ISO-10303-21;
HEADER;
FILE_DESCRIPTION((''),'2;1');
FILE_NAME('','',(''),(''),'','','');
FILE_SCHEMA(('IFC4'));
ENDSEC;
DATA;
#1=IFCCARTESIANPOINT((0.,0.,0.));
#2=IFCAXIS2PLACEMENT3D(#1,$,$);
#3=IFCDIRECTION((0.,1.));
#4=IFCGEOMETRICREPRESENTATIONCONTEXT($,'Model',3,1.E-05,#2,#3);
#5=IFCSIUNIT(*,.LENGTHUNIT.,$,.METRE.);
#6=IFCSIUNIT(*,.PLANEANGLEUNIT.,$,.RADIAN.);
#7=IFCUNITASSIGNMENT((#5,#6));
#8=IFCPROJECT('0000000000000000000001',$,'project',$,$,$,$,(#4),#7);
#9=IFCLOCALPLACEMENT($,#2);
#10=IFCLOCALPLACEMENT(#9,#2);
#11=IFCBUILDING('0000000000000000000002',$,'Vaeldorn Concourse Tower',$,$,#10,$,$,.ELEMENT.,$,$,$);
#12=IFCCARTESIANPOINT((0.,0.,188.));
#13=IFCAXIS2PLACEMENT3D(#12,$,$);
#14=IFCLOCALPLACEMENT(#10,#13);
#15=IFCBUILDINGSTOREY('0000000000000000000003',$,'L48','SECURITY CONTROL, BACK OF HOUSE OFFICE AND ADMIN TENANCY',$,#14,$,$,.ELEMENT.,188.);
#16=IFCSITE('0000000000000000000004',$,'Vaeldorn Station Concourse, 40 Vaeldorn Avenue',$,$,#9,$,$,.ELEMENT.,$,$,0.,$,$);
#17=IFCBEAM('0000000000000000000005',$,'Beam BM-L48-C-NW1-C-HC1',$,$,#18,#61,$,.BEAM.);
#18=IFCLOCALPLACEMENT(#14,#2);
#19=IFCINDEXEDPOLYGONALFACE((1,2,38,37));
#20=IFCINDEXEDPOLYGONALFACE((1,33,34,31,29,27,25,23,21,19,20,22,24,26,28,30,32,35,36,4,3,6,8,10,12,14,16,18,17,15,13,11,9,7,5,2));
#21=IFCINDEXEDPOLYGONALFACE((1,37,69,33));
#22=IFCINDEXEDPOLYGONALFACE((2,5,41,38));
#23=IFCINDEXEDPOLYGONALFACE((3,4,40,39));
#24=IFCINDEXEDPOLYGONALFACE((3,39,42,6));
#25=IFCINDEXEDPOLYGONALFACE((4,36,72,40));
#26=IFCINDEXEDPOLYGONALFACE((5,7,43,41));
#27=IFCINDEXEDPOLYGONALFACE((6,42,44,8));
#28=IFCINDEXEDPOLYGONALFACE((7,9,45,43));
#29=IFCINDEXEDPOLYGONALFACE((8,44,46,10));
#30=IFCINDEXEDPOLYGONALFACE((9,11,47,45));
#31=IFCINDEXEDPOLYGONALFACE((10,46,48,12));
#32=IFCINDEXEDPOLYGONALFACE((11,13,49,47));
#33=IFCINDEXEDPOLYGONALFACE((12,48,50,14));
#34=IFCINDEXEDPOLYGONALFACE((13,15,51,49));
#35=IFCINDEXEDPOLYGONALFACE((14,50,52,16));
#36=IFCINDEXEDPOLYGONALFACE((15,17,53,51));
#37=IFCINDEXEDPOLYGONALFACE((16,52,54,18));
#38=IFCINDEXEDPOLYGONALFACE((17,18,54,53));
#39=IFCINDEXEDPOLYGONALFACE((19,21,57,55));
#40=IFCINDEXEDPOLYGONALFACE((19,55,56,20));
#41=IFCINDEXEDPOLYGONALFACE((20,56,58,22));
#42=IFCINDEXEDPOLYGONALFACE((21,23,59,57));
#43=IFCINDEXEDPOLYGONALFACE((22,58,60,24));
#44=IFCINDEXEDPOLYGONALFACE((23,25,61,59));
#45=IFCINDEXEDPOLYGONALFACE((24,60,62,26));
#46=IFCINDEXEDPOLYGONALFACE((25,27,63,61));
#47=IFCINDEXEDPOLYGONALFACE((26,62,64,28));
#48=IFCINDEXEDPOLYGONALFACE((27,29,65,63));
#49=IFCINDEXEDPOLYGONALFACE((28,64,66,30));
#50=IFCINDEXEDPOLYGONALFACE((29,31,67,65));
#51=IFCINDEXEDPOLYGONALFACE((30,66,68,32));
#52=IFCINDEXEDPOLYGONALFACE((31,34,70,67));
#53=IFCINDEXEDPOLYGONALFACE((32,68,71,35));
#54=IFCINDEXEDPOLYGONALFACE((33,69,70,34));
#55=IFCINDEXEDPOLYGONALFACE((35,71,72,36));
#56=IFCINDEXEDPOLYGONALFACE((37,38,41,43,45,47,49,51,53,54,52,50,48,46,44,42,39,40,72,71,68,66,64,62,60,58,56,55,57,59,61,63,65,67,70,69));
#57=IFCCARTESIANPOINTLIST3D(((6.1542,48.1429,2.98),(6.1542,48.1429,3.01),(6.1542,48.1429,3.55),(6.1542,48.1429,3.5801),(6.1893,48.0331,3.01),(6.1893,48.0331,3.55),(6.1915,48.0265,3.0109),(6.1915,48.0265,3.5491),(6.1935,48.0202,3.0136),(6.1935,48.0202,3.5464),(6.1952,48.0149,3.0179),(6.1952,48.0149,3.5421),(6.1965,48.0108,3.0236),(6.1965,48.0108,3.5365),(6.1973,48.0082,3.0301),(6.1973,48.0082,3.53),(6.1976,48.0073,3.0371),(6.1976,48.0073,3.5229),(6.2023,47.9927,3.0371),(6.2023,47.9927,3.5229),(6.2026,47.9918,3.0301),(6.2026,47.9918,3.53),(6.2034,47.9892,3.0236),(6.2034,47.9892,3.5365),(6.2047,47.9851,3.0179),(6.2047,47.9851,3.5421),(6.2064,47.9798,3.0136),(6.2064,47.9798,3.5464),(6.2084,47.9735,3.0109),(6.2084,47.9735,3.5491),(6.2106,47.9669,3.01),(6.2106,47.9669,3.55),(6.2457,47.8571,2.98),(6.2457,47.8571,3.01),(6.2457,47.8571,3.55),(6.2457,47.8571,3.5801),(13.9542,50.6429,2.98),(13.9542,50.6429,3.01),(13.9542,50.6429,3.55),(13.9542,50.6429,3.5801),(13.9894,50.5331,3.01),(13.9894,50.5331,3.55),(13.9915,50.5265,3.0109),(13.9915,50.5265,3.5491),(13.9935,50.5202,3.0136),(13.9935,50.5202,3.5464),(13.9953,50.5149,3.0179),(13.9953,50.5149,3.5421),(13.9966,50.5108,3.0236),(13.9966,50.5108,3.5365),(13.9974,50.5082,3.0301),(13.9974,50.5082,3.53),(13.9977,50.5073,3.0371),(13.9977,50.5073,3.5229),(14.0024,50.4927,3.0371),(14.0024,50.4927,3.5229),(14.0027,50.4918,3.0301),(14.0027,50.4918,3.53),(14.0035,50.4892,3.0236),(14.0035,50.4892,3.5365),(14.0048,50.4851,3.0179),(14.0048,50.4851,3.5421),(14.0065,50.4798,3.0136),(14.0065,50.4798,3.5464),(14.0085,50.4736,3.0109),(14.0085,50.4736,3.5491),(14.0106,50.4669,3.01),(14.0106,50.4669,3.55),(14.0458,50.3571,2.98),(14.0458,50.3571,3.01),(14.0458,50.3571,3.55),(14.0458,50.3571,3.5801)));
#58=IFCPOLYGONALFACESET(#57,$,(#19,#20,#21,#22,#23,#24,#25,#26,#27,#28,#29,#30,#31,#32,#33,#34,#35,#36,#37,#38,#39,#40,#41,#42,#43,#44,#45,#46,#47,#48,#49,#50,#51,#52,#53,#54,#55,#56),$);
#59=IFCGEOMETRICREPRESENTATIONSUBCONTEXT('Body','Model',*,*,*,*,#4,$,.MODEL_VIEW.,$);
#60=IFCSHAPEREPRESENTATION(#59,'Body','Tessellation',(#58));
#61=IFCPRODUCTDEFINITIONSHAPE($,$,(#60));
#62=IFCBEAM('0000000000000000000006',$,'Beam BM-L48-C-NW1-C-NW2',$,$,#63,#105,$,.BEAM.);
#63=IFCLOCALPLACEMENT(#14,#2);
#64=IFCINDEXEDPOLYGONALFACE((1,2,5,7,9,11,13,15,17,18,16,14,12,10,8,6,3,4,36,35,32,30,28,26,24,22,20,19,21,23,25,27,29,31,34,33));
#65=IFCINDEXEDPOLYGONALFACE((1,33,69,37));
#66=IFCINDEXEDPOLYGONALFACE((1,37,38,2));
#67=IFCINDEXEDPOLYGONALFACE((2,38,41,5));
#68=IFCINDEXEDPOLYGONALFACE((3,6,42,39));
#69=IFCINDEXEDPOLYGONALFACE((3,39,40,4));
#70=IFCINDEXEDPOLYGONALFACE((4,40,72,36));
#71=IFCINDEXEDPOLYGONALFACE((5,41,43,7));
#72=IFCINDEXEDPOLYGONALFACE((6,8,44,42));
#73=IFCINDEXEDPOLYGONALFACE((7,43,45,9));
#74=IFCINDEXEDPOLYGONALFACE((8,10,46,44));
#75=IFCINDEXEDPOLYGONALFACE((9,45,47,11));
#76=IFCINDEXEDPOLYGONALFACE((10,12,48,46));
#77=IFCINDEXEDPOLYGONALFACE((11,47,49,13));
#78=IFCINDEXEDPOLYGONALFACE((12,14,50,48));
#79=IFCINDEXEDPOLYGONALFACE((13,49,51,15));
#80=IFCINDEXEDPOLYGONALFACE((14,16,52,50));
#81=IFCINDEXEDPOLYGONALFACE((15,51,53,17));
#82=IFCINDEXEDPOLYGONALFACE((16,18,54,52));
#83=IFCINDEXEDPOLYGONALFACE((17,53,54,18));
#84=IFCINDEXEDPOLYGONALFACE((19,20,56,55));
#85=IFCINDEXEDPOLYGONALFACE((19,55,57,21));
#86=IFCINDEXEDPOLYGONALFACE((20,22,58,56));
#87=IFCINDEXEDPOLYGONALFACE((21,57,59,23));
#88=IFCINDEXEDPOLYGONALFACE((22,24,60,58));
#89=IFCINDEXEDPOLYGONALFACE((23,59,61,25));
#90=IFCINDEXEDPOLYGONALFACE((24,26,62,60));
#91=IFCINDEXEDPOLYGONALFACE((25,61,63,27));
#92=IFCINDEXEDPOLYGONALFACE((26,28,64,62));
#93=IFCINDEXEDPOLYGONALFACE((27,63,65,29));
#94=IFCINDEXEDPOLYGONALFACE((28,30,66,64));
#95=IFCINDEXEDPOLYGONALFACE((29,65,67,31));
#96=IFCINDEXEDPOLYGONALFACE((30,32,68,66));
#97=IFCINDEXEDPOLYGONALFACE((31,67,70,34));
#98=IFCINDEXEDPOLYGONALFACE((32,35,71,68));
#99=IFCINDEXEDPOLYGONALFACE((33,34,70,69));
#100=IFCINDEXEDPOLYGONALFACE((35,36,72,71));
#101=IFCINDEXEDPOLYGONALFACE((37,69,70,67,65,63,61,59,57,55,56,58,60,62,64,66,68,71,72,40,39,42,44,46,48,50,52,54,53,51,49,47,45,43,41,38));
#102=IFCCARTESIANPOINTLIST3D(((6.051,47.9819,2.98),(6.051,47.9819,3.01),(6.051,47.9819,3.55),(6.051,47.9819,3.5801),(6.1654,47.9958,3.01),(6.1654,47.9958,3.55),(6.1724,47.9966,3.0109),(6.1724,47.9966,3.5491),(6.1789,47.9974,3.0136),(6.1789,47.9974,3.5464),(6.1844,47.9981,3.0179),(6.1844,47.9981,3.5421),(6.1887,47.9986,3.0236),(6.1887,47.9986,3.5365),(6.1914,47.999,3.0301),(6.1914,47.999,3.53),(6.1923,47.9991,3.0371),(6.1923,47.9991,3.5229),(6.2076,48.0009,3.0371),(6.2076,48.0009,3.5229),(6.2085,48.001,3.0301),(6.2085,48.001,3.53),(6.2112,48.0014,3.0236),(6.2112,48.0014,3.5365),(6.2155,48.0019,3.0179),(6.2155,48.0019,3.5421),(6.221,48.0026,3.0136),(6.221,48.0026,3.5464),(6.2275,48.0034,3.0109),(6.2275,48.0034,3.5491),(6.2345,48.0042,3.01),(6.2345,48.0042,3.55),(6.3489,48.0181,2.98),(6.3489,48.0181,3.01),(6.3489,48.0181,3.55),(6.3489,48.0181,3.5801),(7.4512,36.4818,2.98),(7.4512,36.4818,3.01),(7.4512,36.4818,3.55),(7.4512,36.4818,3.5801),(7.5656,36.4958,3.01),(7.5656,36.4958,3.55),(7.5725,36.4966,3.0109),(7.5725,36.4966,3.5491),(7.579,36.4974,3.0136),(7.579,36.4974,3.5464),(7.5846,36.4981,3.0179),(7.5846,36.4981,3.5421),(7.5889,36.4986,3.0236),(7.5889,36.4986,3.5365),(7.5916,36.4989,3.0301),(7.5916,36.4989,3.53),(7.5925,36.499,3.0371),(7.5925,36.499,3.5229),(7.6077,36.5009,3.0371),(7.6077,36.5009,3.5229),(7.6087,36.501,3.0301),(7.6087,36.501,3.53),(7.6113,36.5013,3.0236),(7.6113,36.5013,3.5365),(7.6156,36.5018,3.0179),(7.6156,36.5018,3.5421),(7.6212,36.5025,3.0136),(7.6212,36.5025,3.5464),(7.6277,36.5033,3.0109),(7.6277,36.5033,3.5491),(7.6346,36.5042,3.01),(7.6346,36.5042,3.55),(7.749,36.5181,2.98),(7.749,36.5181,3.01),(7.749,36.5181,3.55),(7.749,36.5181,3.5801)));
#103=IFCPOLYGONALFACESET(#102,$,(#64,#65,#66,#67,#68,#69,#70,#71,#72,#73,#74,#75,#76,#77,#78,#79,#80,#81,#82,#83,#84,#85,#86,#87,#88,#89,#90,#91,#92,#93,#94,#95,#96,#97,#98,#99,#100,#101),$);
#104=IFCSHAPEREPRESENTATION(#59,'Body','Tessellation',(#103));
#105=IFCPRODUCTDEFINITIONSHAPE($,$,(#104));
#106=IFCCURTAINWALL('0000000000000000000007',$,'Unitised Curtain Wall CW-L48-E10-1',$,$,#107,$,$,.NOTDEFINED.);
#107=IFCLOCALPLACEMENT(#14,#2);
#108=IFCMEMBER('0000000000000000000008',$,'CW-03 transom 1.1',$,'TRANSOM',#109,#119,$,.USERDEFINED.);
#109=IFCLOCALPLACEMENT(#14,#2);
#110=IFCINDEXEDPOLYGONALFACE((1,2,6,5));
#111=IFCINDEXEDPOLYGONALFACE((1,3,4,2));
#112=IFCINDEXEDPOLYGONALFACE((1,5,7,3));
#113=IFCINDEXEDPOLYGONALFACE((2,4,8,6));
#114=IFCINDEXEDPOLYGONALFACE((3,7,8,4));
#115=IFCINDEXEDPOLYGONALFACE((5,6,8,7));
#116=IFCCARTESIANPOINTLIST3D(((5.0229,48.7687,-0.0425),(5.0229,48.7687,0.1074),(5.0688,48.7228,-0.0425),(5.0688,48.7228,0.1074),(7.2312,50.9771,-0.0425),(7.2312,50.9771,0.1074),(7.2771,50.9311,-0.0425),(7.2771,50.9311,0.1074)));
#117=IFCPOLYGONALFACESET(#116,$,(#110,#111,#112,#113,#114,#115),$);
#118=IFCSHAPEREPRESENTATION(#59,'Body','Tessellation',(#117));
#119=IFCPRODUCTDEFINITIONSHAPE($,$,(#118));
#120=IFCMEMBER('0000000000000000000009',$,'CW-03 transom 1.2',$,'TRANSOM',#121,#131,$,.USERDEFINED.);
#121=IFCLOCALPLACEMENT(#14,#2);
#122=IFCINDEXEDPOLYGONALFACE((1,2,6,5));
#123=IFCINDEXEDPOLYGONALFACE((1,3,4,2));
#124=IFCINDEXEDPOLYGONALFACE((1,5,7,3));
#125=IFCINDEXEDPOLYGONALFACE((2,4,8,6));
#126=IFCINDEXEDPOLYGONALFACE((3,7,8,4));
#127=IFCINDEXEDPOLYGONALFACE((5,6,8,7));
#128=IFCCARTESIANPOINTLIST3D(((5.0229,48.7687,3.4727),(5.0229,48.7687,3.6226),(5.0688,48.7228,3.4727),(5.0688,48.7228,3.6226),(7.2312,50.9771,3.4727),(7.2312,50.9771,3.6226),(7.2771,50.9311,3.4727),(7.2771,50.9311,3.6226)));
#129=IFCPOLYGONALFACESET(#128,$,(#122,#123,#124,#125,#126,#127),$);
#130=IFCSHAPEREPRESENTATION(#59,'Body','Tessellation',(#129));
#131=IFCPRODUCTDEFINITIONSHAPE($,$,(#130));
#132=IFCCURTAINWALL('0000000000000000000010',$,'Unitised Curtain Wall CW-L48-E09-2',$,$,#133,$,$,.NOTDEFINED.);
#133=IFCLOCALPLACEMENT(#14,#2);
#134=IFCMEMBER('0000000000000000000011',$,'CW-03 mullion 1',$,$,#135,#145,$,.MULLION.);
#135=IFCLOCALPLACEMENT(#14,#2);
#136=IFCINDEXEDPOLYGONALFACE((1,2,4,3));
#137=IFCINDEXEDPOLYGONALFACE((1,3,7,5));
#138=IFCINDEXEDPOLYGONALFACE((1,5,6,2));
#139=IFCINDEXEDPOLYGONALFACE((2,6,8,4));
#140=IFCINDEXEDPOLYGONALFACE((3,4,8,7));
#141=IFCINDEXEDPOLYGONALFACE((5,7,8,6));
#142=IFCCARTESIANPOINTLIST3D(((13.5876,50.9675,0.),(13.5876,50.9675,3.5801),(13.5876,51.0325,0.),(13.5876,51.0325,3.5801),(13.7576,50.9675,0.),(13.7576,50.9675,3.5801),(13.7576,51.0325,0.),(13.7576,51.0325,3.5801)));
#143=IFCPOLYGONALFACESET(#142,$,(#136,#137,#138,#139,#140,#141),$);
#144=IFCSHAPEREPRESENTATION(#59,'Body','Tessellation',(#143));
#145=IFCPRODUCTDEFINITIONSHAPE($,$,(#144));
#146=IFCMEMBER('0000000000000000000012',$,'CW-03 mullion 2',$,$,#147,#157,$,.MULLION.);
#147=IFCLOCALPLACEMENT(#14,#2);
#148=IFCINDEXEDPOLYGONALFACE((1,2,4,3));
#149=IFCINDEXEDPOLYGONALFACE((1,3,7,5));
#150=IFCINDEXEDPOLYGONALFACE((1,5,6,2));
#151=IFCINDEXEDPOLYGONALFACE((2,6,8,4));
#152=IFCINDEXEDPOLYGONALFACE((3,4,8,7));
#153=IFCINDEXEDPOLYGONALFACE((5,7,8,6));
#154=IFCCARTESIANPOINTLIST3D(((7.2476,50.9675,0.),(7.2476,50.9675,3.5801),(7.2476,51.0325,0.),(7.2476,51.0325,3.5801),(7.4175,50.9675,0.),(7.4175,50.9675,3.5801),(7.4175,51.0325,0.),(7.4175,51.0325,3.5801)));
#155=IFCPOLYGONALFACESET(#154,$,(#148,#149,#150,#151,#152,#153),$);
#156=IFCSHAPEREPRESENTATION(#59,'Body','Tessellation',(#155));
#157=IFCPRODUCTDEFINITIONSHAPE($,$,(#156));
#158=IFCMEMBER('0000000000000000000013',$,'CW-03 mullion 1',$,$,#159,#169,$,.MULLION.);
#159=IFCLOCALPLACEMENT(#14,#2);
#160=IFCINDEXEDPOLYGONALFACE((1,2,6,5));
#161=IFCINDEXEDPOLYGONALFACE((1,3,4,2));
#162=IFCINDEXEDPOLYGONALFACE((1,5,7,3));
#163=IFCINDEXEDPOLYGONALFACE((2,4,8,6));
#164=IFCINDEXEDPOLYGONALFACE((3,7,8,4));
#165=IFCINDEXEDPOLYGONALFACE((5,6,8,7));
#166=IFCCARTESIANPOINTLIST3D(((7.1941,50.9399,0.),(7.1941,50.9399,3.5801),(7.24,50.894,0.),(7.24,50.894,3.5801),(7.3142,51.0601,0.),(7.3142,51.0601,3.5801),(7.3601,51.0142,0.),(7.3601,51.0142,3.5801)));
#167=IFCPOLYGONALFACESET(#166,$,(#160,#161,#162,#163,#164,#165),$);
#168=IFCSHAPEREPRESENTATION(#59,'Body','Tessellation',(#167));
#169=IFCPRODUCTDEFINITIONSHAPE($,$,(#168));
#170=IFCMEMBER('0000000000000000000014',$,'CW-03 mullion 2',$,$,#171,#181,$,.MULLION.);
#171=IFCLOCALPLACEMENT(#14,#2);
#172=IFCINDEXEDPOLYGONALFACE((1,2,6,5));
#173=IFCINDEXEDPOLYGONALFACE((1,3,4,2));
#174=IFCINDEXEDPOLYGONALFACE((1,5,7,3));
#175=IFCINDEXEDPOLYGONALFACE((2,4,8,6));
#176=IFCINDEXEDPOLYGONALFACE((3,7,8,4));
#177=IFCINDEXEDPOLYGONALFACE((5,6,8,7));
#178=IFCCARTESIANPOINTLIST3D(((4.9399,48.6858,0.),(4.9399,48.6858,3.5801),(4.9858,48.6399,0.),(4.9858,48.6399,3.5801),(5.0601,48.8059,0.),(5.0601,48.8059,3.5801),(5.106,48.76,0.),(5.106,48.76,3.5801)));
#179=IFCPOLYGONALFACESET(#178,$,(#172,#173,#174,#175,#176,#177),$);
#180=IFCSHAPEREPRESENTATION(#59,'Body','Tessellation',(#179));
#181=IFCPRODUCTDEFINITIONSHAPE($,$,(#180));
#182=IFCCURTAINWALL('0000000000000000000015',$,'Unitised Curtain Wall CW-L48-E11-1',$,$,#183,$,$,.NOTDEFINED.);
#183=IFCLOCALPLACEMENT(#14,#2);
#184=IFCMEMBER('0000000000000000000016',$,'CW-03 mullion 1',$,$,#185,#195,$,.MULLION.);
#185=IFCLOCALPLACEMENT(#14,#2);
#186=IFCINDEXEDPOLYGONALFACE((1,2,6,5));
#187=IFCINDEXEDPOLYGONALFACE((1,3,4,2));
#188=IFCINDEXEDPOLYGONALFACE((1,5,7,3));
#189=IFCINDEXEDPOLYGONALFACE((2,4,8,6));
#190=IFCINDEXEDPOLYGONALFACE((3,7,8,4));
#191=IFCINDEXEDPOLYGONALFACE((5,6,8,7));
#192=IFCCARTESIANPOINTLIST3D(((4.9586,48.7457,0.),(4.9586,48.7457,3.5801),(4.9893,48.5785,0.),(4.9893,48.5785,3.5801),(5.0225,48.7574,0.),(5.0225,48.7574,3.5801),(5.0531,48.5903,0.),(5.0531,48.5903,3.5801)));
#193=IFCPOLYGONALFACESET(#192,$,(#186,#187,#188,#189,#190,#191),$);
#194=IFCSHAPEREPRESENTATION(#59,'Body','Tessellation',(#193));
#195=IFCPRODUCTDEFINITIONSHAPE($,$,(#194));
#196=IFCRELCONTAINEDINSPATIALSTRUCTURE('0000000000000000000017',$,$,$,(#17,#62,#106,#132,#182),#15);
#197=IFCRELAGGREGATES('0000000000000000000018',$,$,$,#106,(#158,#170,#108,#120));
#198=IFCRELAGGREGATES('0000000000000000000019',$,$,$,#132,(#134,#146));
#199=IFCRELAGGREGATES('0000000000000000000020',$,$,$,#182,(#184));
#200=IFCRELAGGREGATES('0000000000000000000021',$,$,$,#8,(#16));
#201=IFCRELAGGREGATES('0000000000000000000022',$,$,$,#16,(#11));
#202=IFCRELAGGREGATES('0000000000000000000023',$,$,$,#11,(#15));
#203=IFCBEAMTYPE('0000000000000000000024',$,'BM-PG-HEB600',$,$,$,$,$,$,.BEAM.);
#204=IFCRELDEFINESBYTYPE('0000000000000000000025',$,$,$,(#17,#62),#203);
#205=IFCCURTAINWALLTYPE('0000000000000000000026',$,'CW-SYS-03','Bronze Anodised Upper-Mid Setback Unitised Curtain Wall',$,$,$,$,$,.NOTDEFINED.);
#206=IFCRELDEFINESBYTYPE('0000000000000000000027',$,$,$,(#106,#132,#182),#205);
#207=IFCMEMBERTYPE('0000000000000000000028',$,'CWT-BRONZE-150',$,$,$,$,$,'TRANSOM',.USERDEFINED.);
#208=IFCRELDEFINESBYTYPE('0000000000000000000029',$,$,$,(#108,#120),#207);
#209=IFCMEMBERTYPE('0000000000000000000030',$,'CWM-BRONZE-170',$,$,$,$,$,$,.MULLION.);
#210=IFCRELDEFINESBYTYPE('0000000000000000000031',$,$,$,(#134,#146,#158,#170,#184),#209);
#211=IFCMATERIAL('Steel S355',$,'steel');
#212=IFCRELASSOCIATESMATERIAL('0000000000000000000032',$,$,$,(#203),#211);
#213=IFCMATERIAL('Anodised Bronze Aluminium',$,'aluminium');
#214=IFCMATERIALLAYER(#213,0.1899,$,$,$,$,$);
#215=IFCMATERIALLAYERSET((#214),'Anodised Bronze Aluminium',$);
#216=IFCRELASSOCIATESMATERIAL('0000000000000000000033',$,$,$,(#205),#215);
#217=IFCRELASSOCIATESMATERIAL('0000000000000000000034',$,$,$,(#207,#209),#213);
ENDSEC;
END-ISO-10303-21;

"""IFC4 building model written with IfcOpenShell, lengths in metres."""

from ifc_helpers import new_model, si_unit, direction, frame, origin, origin_2d, place, context, subcontext, project, spatial, rectangle, i_section, extrude, source, transform, mapped, material, layer, layer_set, material_profile, profile_set, type_object, element, aggregate, save


model = new_model("IFC4")

# Units and contexts
model_context = context("Model", 3, precision=1e-05, world=origin(), true_north=direction((0.0, 1.0)))
body_context = subcontext(model_context, "Body", "Model", "MODEL_VIEW")
ifc_project = project(units=[si_unit("LENGTHUNIT", "METRE"), si_unit("PLANEANGLEUNIT", "RADIAN")], contexts=[model_context])

# Site, building, storey
site_placement = place(None, origin())
site = spatial("IfcSite", under=ifc_project, at=site_placement, Name="Vaeldorn Station Concourse, 40 Vaeldorn Avenue", CompositionType="ELEMENT", RefElevation=0.0)
building_placement = place(site_placement, origin())
building = spatial("IfcBuilding", under=site, at=building_placement, Name="Vaeldorn Concourse Tower", CompositionType="ELEMENT")
storey_placement = place(building_placement, frame((0.0, 0.0, 188.0)))
storey = spatial("IfcBuildingStorey", under=building, at=storey_placement, Name="L48", Description="SECURITY CONTROL, BACK OF HOUSE OFFICE AND ADMIN TENANCY", CompositionType="ELEMENT", Elevation=188.0)

# Beams
ifc_material_1 = material(Name="Steel S355", Category="steel")
ifc_material_profile_1 = material_profile(ifc_material_1, i_section(OverallWidth=0.3, OverallDepth=0.6001, WebThickness=0.0154, FlangeThickness=0.03, FilletRadius=0.0271, at=origin_2d()), Name="HEB 600")
ifc_profile_set_1 = profile_set([ifc_material_profile_1], Name="Steel S355")
beam_type_1 = type_object("IfcBeamType", Name="BM-PG-HEB600", PredefinedType="BEAM", material=ifc_profile_set_1)
shared_shape_1 = source(origin(), body_context, "Body", "SweptSolid", [
    extrude(i_section(OverallWidth=0.3, OverallDepth=0.6001, WebThickness=0.0154, FlangeThickness=0.03, FilletRadius=0.0271, at=origin_2d()), origin(), (0.0, 0.0, 1.0), 8.1909),
])
beam_1_placement = place(storey_placement, frame((6.2, 48.0, 3.28), z_axis=(0.952283, 0.305217, 0.0), x_axis=(-0.305217, 0.952283, 0.0)))
element("IfcBeam", 1, at=beam_1_placement, inside=storey, type_object=beam_type_1, Name="Beam BM-L48-C-NW1-C-HC1", PredefinedType="BEAM", context=body_context, shape_type="MappedRepresentation", body=[
    mapped(shared_shape_1, transform((0.0, 0.0, 0.0), scale=1.0)),
])
shared_shape_2 = source(origin(), body_context, "Body", "SweptSolid", [
    extrude(i_section(OverallWidth=0.3, OverallDepth=0.6001, WebThickness=0.0154, FlangeThickness=0.03, FilletRadius=0.0271, at=origin_2d()), origin(), (0.0, 0.0, 1.0), 11.585),
])
beam_2_placement = place(storey_placement, frame((6.2, 48.0, 3.28), z_axis=(0.120859, -0.99267, 0.0), x_axis=(0.99267, 0.120859, 0.0)))
element("IfcBeam", 2, at=beam_2_placement, inside=storey, type_object=beam_type_1, Name="Beam BM-L48-C-NW1-C-NW2", PredefinedType="BEAM", context=body_context, shape_type="MappedRepresentation", body=[
    mapped(shared_shape_2, transform((0.0, 0.0, 0.0), scale=1.0)),
])

# Curtain walls, members
ifc_material_2 = material(Name="Anodised Bronze Aluminium", Category="aluminium")
ifc_layer_1 = layer(ifc_material_2, 0.1899)
ifc_layer_set_1 = layer_set([ifc_layer_1], Name="Anodised Bronze Aluminium")
curtain_wall_type = type_object("IfcCurtainWallType", Name="CW-SYS-03", Description="Bronze Anodised Upper-Mid Setback Unitised Curtain Wall", PredefinedType="NOTDEFINED", material=ifc_layer_set_1)
curtain_wall_1_placement = place(storey_placement, origin())
curtain_wall_1 = element("IfcCurtainWall", 3, at=curtain_wall_1_placement, inside=storey, type_object=curtain_wall_type, Name="Unitised Curtain Wall CW-L48-E10-1", PredefinedType="NOTDEFINED")
ifc_material_profile_2 = material_profile(ifc_material_2, rectangle(XDim=0.0649, YDim=0.1499, at=origin_2d()), Name="CWT 65x150")
ifc_profile_set_2 = profile_set([ifc_material_profile_2], Name="Anodised Bronze Aluminium")
member_type_1 = type_object("IfcMemberType", Name="CWT-BRONZE-150", ElementType="TRANSOM", PredefinedType="USERDEFINED", material=ifc_profile_set_2)
shared_shape_3 = source(origin(), body_context, "Body", "SweptSolid", [
    extrude(rectangle(XDim=0.0649, YDim=0.1499, at=origin_2d()), origin(), (0.0, 0.0, 1.0), 3.123),
])
member_1_placement = place(storey_placement, frame((7.2542, 50.9541, 0.0325), z_axis=(-0.707107, -0.707107, 0.0), x_axis=(0.707107, -0.707107, 0.0)))
member_1 = element("IfcMember", 4, at=member_1_placement, type_object=member_type_1, Name="CW-03 transom 1.1", ObjectType="TRANSOM", PredefinedType="USERDEFINED", context=body_context, shape_type="MappedRepresentation", body=[
    mapped(shared_shape_3, transform((0.0, 0.0, 0.0), scale=1.0)),
])
member_2_placement = place(storey_placement, frame((7.2542, 50.9541, 3.5476), z_axis=(-0.707107, -0.707107, 0.0), x_axis=(0.707107, -0.707107, 0.0)))
member_2 = element("IfcMember", 5, at=member_2_placement, type_object=member_type_1, Name="CW-03 transom 1.2", ObjectType="TRANSOM", PredefinedType="USERDEFINED", context=body_context, shape_type="MappedRepresentation", body=[
    mapped(shared_shape_3, transform((0.0, 0.0, 0.0), scale=1.0)),
])
curtain_wall_2_placement = place(storey_placement, origin())
curtain_wall_2 = element("IfcCurtainWall", 6, at=curtain_wall_2_placement, inside=storey, type_object=curtain_wall_type, Name="Unitised Curtain Wall CW-L48-E09-2", PredefinedType="NOTDEFINED")
ifc_material_profile_3 = material_profile(ifc_material_2, rectangle(XDim=0.0649, YDim=0.1699, at=origin_2d()), Name="CWM 65x170")
ifc_profile_set_3 = profile_set([ifc_material_profile_3], Name="Anodised Bronze Aluminium")
member_type_2 = type_object("IfcMemberType", Name="CWM-BRONZE-170", PredefinedType="MULLION", material=ifc_profile_set_3)
shared_shape_4 = source(origin(), body_context, "Body", "SweptSolid", [
    extrude(rectangle(XDim=0.0649, YDim=0.1699, at=origin_2d()), origin(), (0.0, 0.0, 1.0), 3.5801),
])
member_3_placement = place(storey_placement, frame((13.6726, 51.0, 0.0), z_axis=(0.0, 0.0, 1.0), x_axis=(0.0, -1.0, 0.0)))
member_3 = element("IfcMember", 7, at=member_3_placement, type_object=member_type_2, Name="CW-03 mullion 1", PredefinedType="MULLION", context=body_context, shape_type="MappedRepresentation", body=[
    mapped(shared_shape_4, transform((0.0, 0.0, 0.0), scale=1.0)),
])
member_4_placement = place(storey_placement, frame((7.3325, 51.0, 0.0), z_axis=(0.0, 0.0, 1.0), x_axis=(0.0, -1.0, 0.0)))
member_4 = element("IfcMember", 8, at=member_4_placement, type_object=member_type_2, Name="CW-03 mullion 2", PredefinedType="MULLION", context=body_context, shape_type="MappedRepresentation", body=[
    mapped(shared_shape_4, transform((0.0, 0.0, 0.0), scale=1.0)),
])

# Members
member_5_placement = place(storey_placement, frame((7.2771, 50.9771, 0.0), z_axis=(0.0, 0.0, 1.0), x_axis=(0.707107, -0.707107, 0.0)))
member_5 = element("IfcMember", 9, at=member_5_placement, type_object=member_type_2, Name="CW-03 mullion 1", PredefinedType="MULLION", context=body_context, shape_type="MappedRepresentation", body=[
    mapped(shared_shape_4, transform((0.0, 0.0, 0.0), scale=1.0)),
])
member_6_placement = place(storey_placement, frame((5.0229, 48.7229, 0.0), z_axis=(0.0, 0.0, 1.0), x_axis=(0.707107, -0.707107, 0.0)))
member_6 = element("IfcMember", 10, at=member_6_placement, type_object=member_type_2, Name="CW-03 mullion 2", PredefinedType="MULLION", context=body_context, shape_type="MappedRepresentation", body=[
    mapped(shared_shape_4, transform((0.0, 0.0, 0.0), scale=1.0)),
])

# Curtain wall, member
curtain_wall_3_placement = place(storey_placement, origin())
curtain_wall_3 = element("IfcCurtainWall", 11, at=curtain_wall_3_placement, inside=storey, type_object=curtain_wall_type, Name="Unitised Curtain Wall CW-L48-E11-1", PredefinedType="NOTDEFINED")
member_7_placement = place(storey_placement, frame((5.0059, 48.668, 0.0), z_axis=(0.0, 0.0, 1.0), x_axis=(0.983559, 0.180585, 0.0)))
member_7 = element("IfcMember", 12, at=member_7_placement, type_object=member_type_2, Name="CW-03 mullion 1", PredefinedType="MULLION", context=body_context, shape_type="MappedRepresentation", body=[
    mapped(shared_shape_4, transform((0.0, 0.0, 0.0), scale=1.0)),
])

aggregate(curtain_wall_1, [member_5, member_6, member_1, member_2])
aggregate(curtain_wall_2, [member_3, member_4])
aggregate(curtain_wall_3, [member_7])

save(model, "model.ifc")
